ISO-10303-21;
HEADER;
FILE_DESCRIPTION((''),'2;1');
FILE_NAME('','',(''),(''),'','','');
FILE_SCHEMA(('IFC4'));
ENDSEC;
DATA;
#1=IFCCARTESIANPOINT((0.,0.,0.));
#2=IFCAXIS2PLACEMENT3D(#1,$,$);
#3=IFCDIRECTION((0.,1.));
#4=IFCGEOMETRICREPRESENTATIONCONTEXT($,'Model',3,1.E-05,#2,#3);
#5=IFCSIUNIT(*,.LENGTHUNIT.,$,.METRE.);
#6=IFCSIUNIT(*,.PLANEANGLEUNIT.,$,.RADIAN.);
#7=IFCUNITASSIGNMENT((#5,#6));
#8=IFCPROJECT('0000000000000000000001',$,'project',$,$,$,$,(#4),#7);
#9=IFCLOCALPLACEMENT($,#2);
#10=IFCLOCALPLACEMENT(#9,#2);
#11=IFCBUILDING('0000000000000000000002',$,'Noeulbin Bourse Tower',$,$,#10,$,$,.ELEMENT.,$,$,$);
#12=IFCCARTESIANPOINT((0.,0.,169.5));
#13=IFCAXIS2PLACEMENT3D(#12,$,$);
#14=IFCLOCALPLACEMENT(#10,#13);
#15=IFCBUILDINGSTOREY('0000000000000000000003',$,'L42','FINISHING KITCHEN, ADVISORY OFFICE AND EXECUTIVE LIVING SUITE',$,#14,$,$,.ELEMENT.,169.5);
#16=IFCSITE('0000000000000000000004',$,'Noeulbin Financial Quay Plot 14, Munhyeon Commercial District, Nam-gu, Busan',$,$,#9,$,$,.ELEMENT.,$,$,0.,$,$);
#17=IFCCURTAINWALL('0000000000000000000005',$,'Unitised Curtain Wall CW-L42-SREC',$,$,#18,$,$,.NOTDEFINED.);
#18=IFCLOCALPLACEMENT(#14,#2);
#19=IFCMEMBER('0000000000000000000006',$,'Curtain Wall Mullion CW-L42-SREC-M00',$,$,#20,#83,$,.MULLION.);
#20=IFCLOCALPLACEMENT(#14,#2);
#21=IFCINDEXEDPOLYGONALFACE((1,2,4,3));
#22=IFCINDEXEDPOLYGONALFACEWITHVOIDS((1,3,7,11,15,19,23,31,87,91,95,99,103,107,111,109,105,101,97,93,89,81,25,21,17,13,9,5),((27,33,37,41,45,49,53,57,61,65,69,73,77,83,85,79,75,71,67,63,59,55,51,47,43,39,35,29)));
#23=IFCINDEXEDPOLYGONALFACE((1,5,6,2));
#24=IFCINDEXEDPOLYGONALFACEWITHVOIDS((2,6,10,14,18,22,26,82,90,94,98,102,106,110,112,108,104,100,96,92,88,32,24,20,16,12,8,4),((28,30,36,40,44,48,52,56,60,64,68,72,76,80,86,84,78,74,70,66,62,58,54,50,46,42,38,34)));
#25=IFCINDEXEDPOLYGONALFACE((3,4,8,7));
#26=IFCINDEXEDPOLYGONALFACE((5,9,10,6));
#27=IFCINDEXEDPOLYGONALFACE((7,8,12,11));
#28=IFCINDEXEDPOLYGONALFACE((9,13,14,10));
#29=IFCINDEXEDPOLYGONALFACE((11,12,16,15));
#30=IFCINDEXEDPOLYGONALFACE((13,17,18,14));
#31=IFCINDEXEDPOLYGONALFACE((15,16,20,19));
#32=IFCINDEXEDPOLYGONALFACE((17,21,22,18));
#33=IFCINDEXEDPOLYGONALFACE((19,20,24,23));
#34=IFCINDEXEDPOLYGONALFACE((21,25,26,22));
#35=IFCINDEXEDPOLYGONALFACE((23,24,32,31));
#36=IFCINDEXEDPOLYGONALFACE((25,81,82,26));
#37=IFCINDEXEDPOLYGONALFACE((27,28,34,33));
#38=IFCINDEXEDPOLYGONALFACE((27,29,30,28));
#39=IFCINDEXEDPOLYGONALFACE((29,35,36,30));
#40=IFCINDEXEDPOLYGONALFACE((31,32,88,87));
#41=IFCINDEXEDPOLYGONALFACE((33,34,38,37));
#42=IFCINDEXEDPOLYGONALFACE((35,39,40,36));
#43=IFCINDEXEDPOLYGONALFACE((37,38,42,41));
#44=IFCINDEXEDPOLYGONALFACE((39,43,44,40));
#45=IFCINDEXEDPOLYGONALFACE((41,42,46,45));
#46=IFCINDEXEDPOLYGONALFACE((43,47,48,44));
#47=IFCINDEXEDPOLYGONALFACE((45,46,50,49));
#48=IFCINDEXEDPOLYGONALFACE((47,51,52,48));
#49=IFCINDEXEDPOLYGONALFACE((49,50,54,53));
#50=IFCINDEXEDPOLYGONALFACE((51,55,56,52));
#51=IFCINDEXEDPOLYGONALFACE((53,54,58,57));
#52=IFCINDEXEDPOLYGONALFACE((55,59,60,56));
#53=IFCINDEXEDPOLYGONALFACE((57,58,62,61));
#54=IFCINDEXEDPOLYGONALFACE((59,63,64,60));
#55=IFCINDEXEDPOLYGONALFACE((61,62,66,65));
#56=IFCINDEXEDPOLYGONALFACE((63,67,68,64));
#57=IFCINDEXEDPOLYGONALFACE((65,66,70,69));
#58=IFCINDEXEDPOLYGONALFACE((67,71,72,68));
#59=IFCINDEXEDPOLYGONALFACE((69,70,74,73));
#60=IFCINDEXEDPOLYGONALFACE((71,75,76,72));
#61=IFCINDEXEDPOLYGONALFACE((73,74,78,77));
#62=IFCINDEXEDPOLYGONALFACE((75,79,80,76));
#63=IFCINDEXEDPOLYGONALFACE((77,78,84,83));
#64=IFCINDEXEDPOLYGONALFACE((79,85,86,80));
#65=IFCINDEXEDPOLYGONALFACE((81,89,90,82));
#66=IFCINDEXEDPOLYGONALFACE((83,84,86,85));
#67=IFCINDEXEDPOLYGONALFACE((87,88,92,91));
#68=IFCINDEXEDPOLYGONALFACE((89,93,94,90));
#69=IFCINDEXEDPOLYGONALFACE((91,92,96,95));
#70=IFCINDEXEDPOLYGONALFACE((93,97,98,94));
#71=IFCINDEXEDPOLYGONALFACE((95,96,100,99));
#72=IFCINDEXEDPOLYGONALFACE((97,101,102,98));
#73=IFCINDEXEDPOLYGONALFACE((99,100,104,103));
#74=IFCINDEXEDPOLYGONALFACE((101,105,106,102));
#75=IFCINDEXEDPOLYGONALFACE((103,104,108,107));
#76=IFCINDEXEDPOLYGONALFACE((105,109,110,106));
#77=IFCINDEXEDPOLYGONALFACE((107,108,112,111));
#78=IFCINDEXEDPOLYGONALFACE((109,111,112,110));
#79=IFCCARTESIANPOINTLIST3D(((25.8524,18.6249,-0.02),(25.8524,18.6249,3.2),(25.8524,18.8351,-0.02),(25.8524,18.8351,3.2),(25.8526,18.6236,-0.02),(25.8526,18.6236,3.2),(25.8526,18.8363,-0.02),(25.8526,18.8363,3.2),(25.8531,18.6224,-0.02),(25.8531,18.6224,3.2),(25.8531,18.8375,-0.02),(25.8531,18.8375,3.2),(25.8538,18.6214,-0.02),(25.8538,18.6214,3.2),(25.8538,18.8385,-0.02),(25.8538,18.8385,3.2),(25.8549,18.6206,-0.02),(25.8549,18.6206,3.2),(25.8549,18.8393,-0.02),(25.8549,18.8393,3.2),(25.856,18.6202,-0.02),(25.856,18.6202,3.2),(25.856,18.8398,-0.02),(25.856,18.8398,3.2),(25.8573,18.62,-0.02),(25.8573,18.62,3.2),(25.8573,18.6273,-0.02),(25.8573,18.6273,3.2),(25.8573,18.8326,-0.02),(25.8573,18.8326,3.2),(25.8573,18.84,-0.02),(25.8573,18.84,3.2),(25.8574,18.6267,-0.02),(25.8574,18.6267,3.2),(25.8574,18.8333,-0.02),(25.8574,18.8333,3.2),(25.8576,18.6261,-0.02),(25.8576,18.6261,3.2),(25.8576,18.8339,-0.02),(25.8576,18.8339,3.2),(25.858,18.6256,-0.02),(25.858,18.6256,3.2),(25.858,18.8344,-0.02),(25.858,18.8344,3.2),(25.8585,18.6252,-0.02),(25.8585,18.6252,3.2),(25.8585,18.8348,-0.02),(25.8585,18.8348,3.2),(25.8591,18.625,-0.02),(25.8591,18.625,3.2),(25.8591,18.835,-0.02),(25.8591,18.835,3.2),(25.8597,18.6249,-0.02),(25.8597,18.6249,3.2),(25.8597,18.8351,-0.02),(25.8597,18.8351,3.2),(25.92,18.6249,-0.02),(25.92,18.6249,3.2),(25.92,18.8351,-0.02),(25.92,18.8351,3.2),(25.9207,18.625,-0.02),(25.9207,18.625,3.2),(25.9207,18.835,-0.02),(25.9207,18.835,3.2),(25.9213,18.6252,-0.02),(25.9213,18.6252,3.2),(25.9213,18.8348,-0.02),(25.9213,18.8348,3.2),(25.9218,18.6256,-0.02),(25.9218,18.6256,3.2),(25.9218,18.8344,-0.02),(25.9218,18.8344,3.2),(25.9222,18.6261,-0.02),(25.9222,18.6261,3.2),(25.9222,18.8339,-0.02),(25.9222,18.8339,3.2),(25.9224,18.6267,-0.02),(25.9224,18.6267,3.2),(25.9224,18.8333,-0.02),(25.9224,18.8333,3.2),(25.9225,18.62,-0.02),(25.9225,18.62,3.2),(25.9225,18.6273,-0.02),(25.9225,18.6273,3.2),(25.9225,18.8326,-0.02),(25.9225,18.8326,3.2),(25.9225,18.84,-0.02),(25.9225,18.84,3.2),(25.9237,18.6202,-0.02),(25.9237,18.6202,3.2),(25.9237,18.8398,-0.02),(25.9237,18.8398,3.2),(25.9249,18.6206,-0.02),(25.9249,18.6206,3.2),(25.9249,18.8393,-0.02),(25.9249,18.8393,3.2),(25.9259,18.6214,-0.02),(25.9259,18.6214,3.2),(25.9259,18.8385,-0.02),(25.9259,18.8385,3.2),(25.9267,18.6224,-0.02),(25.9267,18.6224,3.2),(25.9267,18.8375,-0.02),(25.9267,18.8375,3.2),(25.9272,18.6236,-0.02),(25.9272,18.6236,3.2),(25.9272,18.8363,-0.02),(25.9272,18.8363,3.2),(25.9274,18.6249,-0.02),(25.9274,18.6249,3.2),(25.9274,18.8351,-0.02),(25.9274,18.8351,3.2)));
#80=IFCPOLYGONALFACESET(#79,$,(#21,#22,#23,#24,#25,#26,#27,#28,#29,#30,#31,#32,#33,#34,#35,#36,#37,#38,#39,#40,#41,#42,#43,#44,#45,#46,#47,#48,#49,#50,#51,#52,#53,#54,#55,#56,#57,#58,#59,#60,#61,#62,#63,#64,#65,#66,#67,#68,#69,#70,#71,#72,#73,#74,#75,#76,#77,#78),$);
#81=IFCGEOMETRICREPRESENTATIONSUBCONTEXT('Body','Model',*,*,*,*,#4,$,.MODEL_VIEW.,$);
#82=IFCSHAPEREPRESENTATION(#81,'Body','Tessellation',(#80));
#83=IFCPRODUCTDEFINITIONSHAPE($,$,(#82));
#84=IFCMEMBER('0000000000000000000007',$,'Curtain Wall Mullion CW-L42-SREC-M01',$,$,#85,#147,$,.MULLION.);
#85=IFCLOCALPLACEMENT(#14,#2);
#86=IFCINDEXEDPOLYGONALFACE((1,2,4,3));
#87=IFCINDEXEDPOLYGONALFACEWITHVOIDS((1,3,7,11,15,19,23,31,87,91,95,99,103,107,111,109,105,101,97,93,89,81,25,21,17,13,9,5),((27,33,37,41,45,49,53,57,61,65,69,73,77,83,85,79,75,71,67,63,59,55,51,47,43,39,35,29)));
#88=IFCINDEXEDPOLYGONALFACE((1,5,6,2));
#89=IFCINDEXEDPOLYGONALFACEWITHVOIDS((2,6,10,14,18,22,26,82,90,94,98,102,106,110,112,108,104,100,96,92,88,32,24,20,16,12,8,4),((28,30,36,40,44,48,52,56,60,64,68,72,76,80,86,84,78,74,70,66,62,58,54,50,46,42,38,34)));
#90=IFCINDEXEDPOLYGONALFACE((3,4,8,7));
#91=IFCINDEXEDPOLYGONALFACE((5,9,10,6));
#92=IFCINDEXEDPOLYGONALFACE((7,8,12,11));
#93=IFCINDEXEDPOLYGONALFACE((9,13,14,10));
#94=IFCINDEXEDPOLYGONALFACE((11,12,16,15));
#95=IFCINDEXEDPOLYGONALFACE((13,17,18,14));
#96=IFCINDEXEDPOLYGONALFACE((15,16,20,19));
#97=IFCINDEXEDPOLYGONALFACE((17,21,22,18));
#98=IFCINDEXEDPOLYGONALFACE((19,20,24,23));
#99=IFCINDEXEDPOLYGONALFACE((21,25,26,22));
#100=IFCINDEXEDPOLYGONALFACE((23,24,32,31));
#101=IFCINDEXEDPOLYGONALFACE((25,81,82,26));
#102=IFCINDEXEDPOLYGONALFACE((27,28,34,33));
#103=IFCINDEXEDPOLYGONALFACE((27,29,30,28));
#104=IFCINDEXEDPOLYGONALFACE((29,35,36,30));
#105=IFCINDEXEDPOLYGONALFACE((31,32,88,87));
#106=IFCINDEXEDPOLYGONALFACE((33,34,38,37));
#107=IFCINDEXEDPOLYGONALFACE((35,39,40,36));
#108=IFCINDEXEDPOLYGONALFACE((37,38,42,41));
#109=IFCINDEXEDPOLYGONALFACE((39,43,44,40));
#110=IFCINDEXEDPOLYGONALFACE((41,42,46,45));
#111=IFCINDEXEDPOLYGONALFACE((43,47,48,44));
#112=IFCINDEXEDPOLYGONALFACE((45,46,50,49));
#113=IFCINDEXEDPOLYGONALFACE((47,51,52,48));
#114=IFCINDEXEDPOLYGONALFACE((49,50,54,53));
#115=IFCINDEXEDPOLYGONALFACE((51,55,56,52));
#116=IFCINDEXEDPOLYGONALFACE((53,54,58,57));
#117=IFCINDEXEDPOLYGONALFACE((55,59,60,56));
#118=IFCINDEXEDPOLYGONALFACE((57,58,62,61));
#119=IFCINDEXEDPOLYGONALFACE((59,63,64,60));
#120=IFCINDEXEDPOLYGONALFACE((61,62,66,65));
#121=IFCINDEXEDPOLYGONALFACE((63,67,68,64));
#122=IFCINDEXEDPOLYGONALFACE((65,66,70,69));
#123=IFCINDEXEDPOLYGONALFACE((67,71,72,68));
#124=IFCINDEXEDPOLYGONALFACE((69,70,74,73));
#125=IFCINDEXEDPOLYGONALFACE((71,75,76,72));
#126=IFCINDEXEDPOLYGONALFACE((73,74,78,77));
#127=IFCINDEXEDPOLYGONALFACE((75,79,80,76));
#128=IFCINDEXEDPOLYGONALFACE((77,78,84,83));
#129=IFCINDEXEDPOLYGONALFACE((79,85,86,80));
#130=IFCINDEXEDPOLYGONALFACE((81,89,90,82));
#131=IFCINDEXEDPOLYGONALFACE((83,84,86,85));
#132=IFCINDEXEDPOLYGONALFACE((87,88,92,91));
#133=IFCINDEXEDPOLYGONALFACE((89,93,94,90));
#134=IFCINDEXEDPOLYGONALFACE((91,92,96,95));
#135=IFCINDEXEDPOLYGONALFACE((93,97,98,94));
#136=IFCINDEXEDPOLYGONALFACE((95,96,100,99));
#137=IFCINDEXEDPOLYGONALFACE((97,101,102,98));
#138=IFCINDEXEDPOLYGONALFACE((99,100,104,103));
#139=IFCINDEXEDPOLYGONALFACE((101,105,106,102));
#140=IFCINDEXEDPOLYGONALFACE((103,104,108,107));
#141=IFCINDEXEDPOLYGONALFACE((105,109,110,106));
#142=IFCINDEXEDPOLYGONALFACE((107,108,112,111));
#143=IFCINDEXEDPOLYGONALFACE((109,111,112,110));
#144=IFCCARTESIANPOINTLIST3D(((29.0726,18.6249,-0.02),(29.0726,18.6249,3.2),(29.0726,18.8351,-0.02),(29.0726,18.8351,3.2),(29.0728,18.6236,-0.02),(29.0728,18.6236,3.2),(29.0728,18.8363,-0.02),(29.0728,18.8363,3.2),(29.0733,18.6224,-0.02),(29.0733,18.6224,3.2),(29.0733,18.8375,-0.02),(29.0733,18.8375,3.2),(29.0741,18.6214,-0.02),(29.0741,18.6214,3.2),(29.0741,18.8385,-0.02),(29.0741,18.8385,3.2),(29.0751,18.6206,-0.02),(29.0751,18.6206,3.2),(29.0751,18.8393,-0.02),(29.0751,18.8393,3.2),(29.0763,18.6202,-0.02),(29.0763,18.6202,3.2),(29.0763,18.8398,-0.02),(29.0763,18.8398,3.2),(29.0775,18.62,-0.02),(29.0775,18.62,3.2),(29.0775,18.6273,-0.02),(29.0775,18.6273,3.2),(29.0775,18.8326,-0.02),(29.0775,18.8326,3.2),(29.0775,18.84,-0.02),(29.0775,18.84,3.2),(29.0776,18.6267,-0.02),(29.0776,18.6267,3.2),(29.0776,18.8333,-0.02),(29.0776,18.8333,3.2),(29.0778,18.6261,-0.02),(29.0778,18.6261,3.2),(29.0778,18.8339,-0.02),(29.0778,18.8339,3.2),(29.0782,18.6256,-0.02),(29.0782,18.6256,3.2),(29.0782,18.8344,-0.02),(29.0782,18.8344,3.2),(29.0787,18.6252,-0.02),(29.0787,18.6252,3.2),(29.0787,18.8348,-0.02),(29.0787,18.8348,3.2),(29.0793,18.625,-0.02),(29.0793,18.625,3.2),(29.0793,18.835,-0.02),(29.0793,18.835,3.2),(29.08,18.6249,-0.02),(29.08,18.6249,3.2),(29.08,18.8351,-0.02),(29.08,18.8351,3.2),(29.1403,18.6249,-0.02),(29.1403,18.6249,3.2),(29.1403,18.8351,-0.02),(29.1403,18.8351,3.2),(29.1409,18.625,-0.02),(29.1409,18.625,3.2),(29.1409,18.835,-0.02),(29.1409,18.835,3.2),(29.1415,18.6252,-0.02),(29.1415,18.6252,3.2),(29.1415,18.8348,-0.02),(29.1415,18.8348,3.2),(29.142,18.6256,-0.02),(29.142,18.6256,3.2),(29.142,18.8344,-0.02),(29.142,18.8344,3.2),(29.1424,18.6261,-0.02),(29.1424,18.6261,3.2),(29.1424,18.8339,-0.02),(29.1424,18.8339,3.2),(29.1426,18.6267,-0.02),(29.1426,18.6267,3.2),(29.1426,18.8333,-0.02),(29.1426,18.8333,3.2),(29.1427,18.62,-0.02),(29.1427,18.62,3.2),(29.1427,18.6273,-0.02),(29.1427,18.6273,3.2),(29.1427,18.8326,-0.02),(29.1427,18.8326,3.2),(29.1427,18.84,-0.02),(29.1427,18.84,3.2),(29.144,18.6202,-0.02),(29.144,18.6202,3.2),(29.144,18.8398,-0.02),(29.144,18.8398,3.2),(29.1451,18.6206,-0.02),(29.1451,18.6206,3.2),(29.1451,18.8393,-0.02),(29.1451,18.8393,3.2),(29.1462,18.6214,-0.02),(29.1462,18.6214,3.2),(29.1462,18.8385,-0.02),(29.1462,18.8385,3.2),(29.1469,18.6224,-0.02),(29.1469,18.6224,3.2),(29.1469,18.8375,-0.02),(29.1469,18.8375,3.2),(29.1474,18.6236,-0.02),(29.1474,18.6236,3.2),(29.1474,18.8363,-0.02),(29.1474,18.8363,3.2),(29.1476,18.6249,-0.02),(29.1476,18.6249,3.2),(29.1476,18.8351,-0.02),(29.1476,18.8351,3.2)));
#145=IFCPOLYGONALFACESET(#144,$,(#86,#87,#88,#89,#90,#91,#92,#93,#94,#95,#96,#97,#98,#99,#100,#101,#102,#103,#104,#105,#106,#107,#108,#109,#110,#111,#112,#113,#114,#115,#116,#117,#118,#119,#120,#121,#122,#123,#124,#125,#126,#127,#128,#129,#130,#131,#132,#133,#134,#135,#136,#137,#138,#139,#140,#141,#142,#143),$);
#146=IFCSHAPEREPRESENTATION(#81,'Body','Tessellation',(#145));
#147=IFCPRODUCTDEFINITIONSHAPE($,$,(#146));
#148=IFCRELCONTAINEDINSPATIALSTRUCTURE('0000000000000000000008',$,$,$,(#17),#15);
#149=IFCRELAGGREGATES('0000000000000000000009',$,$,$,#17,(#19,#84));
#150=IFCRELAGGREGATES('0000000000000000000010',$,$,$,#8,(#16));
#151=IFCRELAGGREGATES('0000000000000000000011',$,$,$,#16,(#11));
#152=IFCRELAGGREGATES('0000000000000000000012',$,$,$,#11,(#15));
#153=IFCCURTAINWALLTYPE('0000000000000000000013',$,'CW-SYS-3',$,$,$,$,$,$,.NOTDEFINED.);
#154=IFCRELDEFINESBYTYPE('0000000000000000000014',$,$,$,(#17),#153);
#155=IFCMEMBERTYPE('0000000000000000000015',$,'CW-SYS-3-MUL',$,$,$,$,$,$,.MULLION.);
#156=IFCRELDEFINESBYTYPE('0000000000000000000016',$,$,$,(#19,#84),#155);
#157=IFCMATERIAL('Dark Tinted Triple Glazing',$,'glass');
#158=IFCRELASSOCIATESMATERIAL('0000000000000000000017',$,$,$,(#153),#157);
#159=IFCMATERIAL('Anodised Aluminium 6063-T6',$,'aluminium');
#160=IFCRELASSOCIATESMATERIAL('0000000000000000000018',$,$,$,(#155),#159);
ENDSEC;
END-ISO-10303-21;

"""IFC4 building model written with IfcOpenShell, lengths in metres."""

from ifc_helpers import new_model, si_unit, direction, frame, origin, origin_2d, place, context, subcontext, project, spatial, hollow_rectangle, extrude, material, material_profile, profile_set, type_object, element, aggregate, save


model = new_model("IFC4")

# Units and contexts
model_context = context("Model", 3, precision=1e-05, world=origin(), true_north=direction((0.0, 1.0)))
body_context = subcontext(model_context, "Body", "Model", "MODEL_VIEW")
ifc_project = project(units=[si_unit("LENGTHUNIT", "METRE"), si_unit("PLANEANGLEUNIT", "RADIAN")], contexts=[model_context])

# Site, building, storey
site_placement = place(None, origin())
site = spatial("IfcSite", under=ifc_project, at=site_placement, Name="Noeulbin Financial Quay Plot 14, Munhyeon Commercial District, Nam-gu, Busan", CompositionType="ELEMENT", RefElevation=0.0)
building_placement = place(site_placement, origin())
building = spatial("IfcBuilding", under=site, at=building_placement, Name="Noeulbin Bourse Tower", CompositionType="ELEMENT")
storey_placement = place(building_placement, frame((0.0, 0.0, 169.5)))
storey = spatial("IfcBuildingStorey", under=building, at=storey_placement, Name="L42", Description="FINISHING KITCHEN, ADVISORY OFFICE AND EXECUTIVE LIVING SUITE", CompositionType="ELEMENT", Elevation=169.5)

# Curtain wall, members
ifc_material_1 = material(Name="Dark Tinted Triple Glazing", Category="glass")
curtain_wall_type = type_object("IfcCurtainWallType", Name="CW-SYS-3", PredefinedType="NOTDEFINED", material=ifc_material_1)
curtain_wall_1_placement = place(storey_placement, origin())
curtain_wall_1 = element("IfcCurtainWall", 1, at=curtain_wall_1_placement, inside=storey, type_object=curtain_wall_type, Name="Unitised Curtain Wall CW-L42-SREC", PredefinedType="NOTDEFINED")
ifc_material_2 = material(Name="Anodised Aluminium 6063-T6", Category="aluminium")
ifc_material_profile_1 = material_profile(ifc_material_2, hollow_rectangle(XDim=0.075, YDim=0.22, WallThickness=0.0049, InnerFilletRadius=0.0024, OuterFilletRadius=0.0049, at=origin_2d()), Name="ALU-MULL-75x220x5", Category="LoadBearing")
ifc_profile_set_1 = profile_set([ifc_material_profile_1], Name="Anodised Aluminium 6063-T6")
member_type_1 = type_object("IfcMemberType", Name="CW-SYS-3-MUL", PredefinedType="MULLION", material=ifc_profile_set_1)
member_1_placement = place(storey_placement, frame((25.8899, 18.73, -0.02), z_axis=(0.0, 0.0, 1.0), x_axis=(1.0, 0.0, 0.0)))
member_1 = element("IfcMember", 2, at=member_1_placement, type_object=member_type_1, Name="Curtain Wall Mullion CW-L42-SREC-M00", PredefinedType="MULLION", context=body_context, shape_type="SweptSolid", body=[
    extrude(hollow_rectangle(XDim=0.075, YDim=0.22, WallThickness=0.0049, InnerFilletRadius=0.0024, OuterFilletRadius=0.0049, at=origin_2d()), origin(), (0.0, 0.0, 1.0), 3.22),
])
member_2_placement = place(storey_placement, frame((29.1101, 18.73, -0.02), z_axis=(0.0, 0.0, 1.0), x_axis=(1.0, 0.0, 0.0)))
member_2 = element("IfcMember", 3, at=member_2_placement, type_object=member_type_1, Name="Curtain Wall Mullion CW-L42-SREC-M01", PredefinedType="MULLION", context=body_context, shape_type="SweptSolid", body=[
    extrude(hollow_rectangle(XDim=0.075, YDim=0.22, WallThickness=0.0049, InnerFilletRadius=0.0024, OuterFilletRadius=0.0049, at=origin_2d()), origin(), (0.0, 0.0, 1.0), 3.22),
])

aggregate(curtain_wall_1, [member_1, member_2])

save(model, "model.ifc")
